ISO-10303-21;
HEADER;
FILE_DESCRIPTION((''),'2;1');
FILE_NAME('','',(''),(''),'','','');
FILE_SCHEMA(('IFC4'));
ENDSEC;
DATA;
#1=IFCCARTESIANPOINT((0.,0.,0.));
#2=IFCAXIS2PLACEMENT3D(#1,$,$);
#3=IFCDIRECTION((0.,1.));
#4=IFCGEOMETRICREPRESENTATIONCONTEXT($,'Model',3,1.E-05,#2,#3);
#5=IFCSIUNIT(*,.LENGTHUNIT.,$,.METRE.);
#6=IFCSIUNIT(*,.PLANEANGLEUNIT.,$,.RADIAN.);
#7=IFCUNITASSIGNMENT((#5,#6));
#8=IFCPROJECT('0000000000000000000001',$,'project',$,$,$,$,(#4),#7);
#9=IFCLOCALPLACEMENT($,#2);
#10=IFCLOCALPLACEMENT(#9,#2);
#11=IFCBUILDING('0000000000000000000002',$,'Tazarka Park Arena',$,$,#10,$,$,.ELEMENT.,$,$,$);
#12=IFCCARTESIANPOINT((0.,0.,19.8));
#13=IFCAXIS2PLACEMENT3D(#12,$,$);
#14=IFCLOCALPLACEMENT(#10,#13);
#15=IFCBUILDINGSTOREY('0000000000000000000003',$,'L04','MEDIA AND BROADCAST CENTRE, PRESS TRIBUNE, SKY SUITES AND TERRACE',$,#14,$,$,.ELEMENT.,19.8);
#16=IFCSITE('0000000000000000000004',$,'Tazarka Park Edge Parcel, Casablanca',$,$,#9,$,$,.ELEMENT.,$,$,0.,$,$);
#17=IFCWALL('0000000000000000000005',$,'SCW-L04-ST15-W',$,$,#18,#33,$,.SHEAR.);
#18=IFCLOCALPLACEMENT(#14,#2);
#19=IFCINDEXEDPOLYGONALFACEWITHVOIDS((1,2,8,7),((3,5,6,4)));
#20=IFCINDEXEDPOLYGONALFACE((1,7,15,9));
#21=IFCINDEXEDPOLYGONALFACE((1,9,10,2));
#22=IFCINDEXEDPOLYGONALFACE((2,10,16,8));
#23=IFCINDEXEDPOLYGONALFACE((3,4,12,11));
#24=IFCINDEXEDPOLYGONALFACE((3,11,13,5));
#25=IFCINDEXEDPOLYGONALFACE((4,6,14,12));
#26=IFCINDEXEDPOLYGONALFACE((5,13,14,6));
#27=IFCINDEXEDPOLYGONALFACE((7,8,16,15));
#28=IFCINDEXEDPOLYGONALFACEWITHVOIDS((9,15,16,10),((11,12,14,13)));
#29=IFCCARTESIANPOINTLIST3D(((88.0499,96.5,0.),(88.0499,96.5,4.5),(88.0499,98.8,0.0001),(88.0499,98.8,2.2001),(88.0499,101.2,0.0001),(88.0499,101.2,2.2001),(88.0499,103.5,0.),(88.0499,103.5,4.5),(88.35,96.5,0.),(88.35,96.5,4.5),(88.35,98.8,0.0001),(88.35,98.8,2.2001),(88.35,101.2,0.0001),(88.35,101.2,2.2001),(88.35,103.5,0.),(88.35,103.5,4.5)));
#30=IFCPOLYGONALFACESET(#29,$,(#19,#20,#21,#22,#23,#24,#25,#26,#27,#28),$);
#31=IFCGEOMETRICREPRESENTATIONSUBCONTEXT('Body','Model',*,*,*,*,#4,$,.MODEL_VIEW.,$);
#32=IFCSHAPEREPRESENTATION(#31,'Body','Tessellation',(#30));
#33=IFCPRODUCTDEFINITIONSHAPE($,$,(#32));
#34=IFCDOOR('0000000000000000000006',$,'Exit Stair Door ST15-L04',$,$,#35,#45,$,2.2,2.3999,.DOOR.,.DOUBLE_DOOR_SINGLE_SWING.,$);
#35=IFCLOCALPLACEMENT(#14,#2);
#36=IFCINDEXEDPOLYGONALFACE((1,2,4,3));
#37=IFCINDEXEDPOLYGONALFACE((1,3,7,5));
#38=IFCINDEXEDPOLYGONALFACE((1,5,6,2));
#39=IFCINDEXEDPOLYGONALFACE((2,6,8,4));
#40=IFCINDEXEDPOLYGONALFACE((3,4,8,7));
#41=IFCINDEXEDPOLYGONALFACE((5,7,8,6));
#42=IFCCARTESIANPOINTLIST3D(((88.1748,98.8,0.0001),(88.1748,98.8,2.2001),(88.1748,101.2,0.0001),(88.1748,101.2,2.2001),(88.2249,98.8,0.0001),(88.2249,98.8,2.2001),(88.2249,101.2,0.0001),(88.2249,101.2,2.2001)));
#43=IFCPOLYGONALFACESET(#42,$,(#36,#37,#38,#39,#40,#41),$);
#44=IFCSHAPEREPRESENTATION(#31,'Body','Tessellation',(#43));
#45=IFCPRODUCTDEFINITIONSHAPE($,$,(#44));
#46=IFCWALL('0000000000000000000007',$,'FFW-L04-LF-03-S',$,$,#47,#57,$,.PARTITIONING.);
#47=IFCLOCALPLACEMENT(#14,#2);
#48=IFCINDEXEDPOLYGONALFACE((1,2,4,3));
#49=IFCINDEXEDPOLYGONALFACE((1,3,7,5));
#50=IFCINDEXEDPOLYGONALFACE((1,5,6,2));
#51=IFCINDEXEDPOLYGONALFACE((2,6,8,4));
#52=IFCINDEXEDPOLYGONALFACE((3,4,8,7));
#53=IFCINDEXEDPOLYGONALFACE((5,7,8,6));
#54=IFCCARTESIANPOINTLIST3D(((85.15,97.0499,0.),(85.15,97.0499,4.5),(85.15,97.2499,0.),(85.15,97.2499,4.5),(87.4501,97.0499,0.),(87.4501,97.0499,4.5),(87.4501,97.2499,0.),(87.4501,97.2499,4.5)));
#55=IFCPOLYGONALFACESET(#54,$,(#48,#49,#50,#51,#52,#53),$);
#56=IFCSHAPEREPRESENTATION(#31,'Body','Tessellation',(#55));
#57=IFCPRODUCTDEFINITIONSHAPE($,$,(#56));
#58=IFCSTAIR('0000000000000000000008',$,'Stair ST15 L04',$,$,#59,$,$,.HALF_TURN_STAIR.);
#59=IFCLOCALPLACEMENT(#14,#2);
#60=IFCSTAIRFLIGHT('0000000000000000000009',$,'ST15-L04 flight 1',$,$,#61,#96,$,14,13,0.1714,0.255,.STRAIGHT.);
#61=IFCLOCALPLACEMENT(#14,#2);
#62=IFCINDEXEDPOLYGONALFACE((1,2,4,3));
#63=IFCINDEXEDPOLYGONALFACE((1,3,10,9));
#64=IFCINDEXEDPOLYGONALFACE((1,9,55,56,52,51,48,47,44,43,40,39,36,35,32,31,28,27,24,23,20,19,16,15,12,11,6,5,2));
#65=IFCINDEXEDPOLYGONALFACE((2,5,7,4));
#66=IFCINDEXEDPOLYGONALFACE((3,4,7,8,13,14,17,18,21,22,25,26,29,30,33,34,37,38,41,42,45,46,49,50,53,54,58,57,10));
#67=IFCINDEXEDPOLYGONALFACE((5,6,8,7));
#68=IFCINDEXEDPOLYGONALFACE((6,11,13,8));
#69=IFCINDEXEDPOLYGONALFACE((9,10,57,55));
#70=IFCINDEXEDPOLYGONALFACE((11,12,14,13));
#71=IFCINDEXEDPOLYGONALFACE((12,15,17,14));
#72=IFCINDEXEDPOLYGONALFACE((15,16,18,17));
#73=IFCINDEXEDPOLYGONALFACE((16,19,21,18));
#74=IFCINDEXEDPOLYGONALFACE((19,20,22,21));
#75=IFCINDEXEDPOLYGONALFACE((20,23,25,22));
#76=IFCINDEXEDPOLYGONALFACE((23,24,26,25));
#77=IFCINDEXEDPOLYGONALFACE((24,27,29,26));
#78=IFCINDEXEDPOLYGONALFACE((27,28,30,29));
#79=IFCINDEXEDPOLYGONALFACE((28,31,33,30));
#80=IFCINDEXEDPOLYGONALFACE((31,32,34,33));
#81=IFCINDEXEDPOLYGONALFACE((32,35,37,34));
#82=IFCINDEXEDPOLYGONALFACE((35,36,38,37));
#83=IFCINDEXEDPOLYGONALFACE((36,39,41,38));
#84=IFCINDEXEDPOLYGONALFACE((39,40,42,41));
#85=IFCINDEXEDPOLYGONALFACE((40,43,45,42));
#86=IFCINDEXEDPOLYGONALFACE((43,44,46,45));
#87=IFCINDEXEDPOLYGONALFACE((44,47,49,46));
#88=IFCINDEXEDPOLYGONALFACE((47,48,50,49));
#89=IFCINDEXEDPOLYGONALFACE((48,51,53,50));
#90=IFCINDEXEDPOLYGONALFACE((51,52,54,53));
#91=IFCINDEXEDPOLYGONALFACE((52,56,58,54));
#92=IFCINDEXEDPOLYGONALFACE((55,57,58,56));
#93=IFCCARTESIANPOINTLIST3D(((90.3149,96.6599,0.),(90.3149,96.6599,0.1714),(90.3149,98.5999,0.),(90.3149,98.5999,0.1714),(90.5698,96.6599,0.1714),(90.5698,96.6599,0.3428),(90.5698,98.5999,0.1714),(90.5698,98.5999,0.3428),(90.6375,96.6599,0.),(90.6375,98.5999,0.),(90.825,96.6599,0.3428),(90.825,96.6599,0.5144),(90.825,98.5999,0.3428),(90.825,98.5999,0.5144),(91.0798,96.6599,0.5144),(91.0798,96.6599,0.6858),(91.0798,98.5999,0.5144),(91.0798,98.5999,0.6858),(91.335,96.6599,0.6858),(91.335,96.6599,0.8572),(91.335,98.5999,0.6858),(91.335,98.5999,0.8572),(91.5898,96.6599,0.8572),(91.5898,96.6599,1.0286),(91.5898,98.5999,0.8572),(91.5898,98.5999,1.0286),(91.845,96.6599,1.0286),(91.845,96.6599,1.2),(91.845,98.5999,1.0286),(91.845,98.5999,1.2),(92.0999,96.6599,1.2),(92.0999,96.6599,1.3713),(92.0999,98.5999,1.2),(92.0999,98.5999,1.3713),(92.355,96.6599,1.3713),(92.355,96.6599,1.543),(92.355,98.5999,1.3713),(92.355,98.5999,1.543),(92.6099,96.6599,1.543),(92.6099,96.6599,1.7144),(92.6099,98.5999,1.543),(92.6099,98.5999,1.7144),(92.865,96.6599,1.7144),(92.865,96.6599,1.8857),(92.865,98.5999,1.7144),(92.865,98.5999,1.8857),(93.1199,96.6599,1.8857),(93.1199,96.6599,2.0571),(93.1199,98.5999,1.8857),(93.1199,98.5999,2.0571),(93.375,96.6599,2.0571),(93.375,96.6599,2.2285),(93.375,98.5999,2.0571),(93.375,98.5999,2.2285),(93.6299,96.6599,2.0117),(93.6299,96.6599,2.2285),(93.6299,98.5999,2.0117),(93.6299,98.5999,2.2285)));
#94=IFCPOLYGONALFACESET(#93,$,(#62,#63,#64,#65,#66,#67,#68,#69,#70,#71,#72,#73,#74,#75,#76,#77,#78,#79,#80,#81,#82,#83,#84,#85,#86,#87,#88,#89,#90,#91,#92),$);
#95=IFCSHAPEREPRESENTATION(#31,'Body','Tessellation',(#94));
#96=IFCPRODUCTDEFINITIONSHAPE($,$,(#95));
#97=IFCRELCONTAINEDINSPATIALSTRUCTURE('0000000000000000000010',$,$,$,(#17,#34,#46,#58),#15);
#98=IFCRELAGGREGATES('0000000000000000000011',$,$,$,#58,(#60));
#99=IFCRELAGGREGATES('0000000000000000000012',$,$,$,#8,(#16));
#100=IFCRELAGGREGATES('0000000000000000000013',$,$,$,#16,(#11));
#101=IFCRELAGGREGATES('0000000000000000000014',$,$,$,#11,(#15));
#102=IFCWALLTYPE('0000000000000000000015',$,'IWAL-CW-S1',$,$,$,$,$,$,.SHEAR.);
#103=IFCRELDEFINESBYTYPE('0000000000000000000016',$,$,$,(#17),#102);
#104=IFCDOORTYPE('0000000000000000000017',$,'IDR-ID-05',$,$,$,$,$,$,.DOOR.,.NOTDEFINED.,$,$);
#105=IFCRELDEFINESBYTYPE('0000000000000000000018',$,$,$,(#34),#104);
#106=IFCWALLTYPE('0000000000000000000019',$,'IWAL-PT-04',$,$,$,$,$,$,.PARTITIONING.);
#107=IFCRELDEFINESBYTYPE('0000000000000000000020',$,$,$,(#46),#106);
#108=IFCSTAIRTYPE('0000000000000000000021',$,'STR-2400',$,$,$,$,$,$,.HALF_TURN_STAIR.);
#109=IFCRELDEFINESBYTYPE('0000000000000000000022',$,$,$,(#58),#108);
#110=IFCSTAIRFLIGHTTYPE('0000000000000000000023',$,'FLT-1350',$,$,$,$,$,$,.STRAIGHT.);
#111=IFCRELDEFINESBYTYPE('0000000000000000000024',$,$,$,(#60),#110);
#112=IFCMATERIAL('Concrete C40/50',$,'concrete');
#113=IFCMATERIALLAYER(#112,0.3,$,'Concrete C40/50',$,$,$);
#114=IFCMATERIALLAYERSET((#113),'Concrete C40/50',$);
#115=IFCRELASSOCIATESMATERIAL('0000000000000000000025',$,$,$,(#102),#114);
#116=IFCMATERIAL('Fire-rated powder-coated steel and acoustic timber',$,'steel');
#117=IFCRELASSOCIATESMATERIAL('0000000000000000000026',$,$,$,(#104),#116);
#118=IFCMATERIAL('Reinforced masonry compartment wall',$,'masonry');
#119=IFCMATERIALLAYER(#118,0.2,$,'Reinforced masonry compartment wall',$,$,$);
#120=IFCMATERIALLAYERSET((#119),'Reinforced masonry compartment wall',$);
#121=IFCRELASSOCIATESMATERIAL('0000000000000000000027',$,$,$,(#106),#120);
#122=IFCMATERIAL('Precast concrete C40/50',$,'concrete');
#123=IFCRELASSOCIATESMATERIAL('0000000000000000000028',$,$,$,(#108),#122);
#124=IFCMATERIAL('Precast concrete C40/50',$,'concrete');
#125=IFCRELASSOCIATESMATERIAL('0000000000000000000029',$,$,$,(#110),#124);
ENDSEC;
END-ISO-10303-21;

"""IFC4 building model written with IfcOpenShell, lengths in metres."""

from ifc_helpers import new_model, si_unit, direction, frame, frame_2d, origin, place, context, subcontext, project, spatial, polyline, rectangle, outline, extrude, material, layer, layer_set, type_object, element, fill, aggregate, save


model = new_model("IFC4")

# Units and contexts
model_context = context("Model", 3, precision=1e-05, world=origin(), true_north=direction((0.0, 1.0)))
body_context = subcontext(model_context, "Body", "Model", "MODEL_VIEW")
ifc_project = project(units=[si_unit("LENGTHUNIT", "METRE"), si_unit("PLANEANGLEUNIT", "RADIAN")], contexts=[model_context])

# Site, building, storey
site_placement = place(None, origin())
site = spatial("IfcSite", under=ifc_project, at=site_placement, Name="Tazarka Park Edge Parcel, Casablanca", CompositionType="ELEMENT", RefElevation=0.0)
building_placement = place(site_placement, origin())
building = spatial("IfcBuilding", under=site, at=building_placement, Name="Tazarka Park Arena", CompositionType="ELEMENT")
storey_placement = place(building_placement, frame((0.0, 0.0, 19.8)))
storey = spatial("IfcBuildingStorey", under=building, at=storey_placement, Name="L04", Description="MEDIA AND BROADCAST CENTRE, PRESS TRIBUNE, SKY SUITES AND TERRACE", CompositionType="ELEMENT", Elevation=19.8)

# Shared definitions
ifc_material_1 = material(Name="Concrete C40/50", Category="concrete")
ifc_layer_1 = layer(ifc_material_1, 0.3, Name="Concrete C40/50")
ifc_layer_set_1 = layer_set([ifc_layer_1], Name="Concrete C40/50")
wall_type_1 = type_object("IfcWallType", Name="IWAL-CW-S1", PredefinedType="SHEAR", material=ifc_layer_set_1)

# Wall, opening, door
wall_1_placement = place(storey_placement, frame((88.2, 96.5, 0.0), z_axis=(0.0, 0.0, 1.0), x_axis=(0.0, 1.0, 0.0)))
wall_1 = element("IfcWall", 1, at=wall_1_placement, inside=storey, type_object=wall_type_1, Name="SCW-L04-ST15-W", PredefinedType="SHEAR", context=body_context, shape_type="SweptSolid", body=[
    extrude(rectangle(XDim=7.0, YDim=0.3, at=frame_2d((3.5, 0.0))), origin(), (0.0, 0.0, 1.0), 4.5),
])
opening_placement = place(wall_1_placement, frame((2.3, 0.0, 0.0)))
opening = element("IfcOpeningElement", 2, at=opening_placement, cuts=wall_1, PredefinedType="OPENING", context=body_context, shape_type="SweptSolid", body=[
    extrude(rectangle(XDim=2.3999, YDim=2.2, at=frame_2d((1.2, 1.1001))), frame((0.0, 0.1602, 0.0), z_axis=(0.0, -1.0, 0.0), x_axis=(1.0, 0.0, 0.0)), (0.0, 0.0, 1.0), 0.3201),
])
ifc_material_2 = material(Name="Fire-rated powder-coated steel and acoustic timber", Category="steel")
door_type = type_object("IfcDoorType", Name="IDR-ID-05", OperationType="NOTDEFINED", PredefinedType="DOOR", material=ifc_material_2)
door_placement = place(opening_placement, frame((2.3999, 0.0, 0.0), z_axis=(0.0, 0.0, 1.0), x_axis=(-1.0, 0.0, 0.0)))
door = element("IfcDoor", 3, at=door_placement, inside=storey, type_object=door_type, Name="Exit Stair Door ST15-L04", OperationType="DOUBLE_DOOR_SINGLE_SWING", OverallHeight=2.2, OverallWidth=2.3999, PredefinedType="DOOR", context=body_context, shape_type="SweptSolid", body=[
    extrude(rectangle(XDim=2.3999, YDim=2.2, at=frame_2d((1.2, 1.1001))), frame((0.0, 0.0249, 0.0), z_axis=(0.0, -1.0, 0.0), x_axis=(1.0, 0.0, 0.0)), (0.0, 0.0, 1.0), 0.05),
])
fill(opening, door)

# Wall
ifc_material_3 = material(Name="Reinforced masonry compartment wall", Category="masonry")
ifc_layer_2 = layer(ifc_material_3, 0.2, Name="Reinforced masonry compartment wall")
ifc_layer_set_2 = layer_set([ifc_layer_2], Name="Reinforced masonry compartment wall")
wall_type_2 = type_object("IfcWallType", Name="IWAL-PT-04", PredefinedType="PARTITIONING", material=ifc_layer_set_2)
wall_2_placement = place(storey_placement, frame((87.45, 97.1499, 0.0), z_axis=(0.0, 0.0, 1.0), x_axis=(-1.0, 0.0, 0.0)))
element("IfcWall", 4, at=wall_2_placement, inside=storey, type_object=wall_type_2, Name="FFW-L04-LF-03-S", PredefinedType="PARTITIONING", context=body_context, shape_type="SweptSolid", body=[
    extrude(rectangle(XDim=2.3, YDim=0.2, at=frame_2d((1.1499, 0.0))), origin(), (0.0, 0.0, 1.0), 4.5),
])

# Stair, stair flight
ifc_material_4 = material(Name="Precast concrete C40/50", Category="concrete")
stair_type = type_object("IfcStairType", Name="STR-2400", PredefinedType="HALF_TURN_STAIR", material=ifc_material_4)
stair_placement = place(storey_placement, origin())
stair = element("IfcStair", 5, at=stair_placement, inside=storey, type_object=stair_type, Name="Stair ST15 L04", PredefinedType="HALF_TURN_STAIR")
ifc_material_5 = material(Name="Precast concrete C40/50", Category="concrete")
stair_flight_type = type_object("IfcStairFlightType", Name="FLT-1350", PredefinedType="STRAIGHT", material=ifc_material_5)
stair_flight_placement = place(storey_placement, frame((90.3149, 97.6299, 0.0), z_axis=(0.0, 0.0, 1.0), x_axis=(1.0, 0.0, 0.0)))
stair_flight = element("IfcStairFlight", 6, at=stair_flight_placement, type_object=stair_flight_type, Name="ST15-L04 flight 1", NumberOfRisers=14, NumberOfTreads=13, PredefinedType="STRAIGHT", RiserHeight=0.1714, TreadLength=0.255, context=body_context, shape_type="SweptSolid", body=[
    extrude(outline(polyline([(0.0, 0.0), (0.0, 0.1714), (0.2549, 0.1714), (0.2549, 0.3428), (0.51, 0.3428), (0.51, 0.5144), (0.7649, 0.5144), (0.7649, 0.6858), (1.02, 0.6858), (1.02, 0.8572), (1.2749, 0.8572), (1.2749, 1.0286), (1.53, 1.0286), (1.53, 1.2), (1.7849, 1.2), (1.7849, 1.3713), (2.04, 1.3713), (2.04, 1.543), (2.2949, 1.543), (2.2949, 1.7144), (2.55, 1.7144), (2.55, 1.8857), (2.8049, 1.8857), (2.8049, 2.0571), (3.0601, 2.0571), (3.0601, 2.2285), (3.3149, 2.2285), (3.3149, 2.3999), (3.3149, 2.0117), (0.3225, 0.0), (0.0, 0.0)])), frame((0.0, 0.97, 0.0), z_axis=(0.0, -1.0, 0.0), x_axis=(1.0, 0.0, 0.0)), (0.0, 0.0, 1.0), 1.9399),
])
aggregate(stair, [stair_flight])

save(model, "model.ifc")
